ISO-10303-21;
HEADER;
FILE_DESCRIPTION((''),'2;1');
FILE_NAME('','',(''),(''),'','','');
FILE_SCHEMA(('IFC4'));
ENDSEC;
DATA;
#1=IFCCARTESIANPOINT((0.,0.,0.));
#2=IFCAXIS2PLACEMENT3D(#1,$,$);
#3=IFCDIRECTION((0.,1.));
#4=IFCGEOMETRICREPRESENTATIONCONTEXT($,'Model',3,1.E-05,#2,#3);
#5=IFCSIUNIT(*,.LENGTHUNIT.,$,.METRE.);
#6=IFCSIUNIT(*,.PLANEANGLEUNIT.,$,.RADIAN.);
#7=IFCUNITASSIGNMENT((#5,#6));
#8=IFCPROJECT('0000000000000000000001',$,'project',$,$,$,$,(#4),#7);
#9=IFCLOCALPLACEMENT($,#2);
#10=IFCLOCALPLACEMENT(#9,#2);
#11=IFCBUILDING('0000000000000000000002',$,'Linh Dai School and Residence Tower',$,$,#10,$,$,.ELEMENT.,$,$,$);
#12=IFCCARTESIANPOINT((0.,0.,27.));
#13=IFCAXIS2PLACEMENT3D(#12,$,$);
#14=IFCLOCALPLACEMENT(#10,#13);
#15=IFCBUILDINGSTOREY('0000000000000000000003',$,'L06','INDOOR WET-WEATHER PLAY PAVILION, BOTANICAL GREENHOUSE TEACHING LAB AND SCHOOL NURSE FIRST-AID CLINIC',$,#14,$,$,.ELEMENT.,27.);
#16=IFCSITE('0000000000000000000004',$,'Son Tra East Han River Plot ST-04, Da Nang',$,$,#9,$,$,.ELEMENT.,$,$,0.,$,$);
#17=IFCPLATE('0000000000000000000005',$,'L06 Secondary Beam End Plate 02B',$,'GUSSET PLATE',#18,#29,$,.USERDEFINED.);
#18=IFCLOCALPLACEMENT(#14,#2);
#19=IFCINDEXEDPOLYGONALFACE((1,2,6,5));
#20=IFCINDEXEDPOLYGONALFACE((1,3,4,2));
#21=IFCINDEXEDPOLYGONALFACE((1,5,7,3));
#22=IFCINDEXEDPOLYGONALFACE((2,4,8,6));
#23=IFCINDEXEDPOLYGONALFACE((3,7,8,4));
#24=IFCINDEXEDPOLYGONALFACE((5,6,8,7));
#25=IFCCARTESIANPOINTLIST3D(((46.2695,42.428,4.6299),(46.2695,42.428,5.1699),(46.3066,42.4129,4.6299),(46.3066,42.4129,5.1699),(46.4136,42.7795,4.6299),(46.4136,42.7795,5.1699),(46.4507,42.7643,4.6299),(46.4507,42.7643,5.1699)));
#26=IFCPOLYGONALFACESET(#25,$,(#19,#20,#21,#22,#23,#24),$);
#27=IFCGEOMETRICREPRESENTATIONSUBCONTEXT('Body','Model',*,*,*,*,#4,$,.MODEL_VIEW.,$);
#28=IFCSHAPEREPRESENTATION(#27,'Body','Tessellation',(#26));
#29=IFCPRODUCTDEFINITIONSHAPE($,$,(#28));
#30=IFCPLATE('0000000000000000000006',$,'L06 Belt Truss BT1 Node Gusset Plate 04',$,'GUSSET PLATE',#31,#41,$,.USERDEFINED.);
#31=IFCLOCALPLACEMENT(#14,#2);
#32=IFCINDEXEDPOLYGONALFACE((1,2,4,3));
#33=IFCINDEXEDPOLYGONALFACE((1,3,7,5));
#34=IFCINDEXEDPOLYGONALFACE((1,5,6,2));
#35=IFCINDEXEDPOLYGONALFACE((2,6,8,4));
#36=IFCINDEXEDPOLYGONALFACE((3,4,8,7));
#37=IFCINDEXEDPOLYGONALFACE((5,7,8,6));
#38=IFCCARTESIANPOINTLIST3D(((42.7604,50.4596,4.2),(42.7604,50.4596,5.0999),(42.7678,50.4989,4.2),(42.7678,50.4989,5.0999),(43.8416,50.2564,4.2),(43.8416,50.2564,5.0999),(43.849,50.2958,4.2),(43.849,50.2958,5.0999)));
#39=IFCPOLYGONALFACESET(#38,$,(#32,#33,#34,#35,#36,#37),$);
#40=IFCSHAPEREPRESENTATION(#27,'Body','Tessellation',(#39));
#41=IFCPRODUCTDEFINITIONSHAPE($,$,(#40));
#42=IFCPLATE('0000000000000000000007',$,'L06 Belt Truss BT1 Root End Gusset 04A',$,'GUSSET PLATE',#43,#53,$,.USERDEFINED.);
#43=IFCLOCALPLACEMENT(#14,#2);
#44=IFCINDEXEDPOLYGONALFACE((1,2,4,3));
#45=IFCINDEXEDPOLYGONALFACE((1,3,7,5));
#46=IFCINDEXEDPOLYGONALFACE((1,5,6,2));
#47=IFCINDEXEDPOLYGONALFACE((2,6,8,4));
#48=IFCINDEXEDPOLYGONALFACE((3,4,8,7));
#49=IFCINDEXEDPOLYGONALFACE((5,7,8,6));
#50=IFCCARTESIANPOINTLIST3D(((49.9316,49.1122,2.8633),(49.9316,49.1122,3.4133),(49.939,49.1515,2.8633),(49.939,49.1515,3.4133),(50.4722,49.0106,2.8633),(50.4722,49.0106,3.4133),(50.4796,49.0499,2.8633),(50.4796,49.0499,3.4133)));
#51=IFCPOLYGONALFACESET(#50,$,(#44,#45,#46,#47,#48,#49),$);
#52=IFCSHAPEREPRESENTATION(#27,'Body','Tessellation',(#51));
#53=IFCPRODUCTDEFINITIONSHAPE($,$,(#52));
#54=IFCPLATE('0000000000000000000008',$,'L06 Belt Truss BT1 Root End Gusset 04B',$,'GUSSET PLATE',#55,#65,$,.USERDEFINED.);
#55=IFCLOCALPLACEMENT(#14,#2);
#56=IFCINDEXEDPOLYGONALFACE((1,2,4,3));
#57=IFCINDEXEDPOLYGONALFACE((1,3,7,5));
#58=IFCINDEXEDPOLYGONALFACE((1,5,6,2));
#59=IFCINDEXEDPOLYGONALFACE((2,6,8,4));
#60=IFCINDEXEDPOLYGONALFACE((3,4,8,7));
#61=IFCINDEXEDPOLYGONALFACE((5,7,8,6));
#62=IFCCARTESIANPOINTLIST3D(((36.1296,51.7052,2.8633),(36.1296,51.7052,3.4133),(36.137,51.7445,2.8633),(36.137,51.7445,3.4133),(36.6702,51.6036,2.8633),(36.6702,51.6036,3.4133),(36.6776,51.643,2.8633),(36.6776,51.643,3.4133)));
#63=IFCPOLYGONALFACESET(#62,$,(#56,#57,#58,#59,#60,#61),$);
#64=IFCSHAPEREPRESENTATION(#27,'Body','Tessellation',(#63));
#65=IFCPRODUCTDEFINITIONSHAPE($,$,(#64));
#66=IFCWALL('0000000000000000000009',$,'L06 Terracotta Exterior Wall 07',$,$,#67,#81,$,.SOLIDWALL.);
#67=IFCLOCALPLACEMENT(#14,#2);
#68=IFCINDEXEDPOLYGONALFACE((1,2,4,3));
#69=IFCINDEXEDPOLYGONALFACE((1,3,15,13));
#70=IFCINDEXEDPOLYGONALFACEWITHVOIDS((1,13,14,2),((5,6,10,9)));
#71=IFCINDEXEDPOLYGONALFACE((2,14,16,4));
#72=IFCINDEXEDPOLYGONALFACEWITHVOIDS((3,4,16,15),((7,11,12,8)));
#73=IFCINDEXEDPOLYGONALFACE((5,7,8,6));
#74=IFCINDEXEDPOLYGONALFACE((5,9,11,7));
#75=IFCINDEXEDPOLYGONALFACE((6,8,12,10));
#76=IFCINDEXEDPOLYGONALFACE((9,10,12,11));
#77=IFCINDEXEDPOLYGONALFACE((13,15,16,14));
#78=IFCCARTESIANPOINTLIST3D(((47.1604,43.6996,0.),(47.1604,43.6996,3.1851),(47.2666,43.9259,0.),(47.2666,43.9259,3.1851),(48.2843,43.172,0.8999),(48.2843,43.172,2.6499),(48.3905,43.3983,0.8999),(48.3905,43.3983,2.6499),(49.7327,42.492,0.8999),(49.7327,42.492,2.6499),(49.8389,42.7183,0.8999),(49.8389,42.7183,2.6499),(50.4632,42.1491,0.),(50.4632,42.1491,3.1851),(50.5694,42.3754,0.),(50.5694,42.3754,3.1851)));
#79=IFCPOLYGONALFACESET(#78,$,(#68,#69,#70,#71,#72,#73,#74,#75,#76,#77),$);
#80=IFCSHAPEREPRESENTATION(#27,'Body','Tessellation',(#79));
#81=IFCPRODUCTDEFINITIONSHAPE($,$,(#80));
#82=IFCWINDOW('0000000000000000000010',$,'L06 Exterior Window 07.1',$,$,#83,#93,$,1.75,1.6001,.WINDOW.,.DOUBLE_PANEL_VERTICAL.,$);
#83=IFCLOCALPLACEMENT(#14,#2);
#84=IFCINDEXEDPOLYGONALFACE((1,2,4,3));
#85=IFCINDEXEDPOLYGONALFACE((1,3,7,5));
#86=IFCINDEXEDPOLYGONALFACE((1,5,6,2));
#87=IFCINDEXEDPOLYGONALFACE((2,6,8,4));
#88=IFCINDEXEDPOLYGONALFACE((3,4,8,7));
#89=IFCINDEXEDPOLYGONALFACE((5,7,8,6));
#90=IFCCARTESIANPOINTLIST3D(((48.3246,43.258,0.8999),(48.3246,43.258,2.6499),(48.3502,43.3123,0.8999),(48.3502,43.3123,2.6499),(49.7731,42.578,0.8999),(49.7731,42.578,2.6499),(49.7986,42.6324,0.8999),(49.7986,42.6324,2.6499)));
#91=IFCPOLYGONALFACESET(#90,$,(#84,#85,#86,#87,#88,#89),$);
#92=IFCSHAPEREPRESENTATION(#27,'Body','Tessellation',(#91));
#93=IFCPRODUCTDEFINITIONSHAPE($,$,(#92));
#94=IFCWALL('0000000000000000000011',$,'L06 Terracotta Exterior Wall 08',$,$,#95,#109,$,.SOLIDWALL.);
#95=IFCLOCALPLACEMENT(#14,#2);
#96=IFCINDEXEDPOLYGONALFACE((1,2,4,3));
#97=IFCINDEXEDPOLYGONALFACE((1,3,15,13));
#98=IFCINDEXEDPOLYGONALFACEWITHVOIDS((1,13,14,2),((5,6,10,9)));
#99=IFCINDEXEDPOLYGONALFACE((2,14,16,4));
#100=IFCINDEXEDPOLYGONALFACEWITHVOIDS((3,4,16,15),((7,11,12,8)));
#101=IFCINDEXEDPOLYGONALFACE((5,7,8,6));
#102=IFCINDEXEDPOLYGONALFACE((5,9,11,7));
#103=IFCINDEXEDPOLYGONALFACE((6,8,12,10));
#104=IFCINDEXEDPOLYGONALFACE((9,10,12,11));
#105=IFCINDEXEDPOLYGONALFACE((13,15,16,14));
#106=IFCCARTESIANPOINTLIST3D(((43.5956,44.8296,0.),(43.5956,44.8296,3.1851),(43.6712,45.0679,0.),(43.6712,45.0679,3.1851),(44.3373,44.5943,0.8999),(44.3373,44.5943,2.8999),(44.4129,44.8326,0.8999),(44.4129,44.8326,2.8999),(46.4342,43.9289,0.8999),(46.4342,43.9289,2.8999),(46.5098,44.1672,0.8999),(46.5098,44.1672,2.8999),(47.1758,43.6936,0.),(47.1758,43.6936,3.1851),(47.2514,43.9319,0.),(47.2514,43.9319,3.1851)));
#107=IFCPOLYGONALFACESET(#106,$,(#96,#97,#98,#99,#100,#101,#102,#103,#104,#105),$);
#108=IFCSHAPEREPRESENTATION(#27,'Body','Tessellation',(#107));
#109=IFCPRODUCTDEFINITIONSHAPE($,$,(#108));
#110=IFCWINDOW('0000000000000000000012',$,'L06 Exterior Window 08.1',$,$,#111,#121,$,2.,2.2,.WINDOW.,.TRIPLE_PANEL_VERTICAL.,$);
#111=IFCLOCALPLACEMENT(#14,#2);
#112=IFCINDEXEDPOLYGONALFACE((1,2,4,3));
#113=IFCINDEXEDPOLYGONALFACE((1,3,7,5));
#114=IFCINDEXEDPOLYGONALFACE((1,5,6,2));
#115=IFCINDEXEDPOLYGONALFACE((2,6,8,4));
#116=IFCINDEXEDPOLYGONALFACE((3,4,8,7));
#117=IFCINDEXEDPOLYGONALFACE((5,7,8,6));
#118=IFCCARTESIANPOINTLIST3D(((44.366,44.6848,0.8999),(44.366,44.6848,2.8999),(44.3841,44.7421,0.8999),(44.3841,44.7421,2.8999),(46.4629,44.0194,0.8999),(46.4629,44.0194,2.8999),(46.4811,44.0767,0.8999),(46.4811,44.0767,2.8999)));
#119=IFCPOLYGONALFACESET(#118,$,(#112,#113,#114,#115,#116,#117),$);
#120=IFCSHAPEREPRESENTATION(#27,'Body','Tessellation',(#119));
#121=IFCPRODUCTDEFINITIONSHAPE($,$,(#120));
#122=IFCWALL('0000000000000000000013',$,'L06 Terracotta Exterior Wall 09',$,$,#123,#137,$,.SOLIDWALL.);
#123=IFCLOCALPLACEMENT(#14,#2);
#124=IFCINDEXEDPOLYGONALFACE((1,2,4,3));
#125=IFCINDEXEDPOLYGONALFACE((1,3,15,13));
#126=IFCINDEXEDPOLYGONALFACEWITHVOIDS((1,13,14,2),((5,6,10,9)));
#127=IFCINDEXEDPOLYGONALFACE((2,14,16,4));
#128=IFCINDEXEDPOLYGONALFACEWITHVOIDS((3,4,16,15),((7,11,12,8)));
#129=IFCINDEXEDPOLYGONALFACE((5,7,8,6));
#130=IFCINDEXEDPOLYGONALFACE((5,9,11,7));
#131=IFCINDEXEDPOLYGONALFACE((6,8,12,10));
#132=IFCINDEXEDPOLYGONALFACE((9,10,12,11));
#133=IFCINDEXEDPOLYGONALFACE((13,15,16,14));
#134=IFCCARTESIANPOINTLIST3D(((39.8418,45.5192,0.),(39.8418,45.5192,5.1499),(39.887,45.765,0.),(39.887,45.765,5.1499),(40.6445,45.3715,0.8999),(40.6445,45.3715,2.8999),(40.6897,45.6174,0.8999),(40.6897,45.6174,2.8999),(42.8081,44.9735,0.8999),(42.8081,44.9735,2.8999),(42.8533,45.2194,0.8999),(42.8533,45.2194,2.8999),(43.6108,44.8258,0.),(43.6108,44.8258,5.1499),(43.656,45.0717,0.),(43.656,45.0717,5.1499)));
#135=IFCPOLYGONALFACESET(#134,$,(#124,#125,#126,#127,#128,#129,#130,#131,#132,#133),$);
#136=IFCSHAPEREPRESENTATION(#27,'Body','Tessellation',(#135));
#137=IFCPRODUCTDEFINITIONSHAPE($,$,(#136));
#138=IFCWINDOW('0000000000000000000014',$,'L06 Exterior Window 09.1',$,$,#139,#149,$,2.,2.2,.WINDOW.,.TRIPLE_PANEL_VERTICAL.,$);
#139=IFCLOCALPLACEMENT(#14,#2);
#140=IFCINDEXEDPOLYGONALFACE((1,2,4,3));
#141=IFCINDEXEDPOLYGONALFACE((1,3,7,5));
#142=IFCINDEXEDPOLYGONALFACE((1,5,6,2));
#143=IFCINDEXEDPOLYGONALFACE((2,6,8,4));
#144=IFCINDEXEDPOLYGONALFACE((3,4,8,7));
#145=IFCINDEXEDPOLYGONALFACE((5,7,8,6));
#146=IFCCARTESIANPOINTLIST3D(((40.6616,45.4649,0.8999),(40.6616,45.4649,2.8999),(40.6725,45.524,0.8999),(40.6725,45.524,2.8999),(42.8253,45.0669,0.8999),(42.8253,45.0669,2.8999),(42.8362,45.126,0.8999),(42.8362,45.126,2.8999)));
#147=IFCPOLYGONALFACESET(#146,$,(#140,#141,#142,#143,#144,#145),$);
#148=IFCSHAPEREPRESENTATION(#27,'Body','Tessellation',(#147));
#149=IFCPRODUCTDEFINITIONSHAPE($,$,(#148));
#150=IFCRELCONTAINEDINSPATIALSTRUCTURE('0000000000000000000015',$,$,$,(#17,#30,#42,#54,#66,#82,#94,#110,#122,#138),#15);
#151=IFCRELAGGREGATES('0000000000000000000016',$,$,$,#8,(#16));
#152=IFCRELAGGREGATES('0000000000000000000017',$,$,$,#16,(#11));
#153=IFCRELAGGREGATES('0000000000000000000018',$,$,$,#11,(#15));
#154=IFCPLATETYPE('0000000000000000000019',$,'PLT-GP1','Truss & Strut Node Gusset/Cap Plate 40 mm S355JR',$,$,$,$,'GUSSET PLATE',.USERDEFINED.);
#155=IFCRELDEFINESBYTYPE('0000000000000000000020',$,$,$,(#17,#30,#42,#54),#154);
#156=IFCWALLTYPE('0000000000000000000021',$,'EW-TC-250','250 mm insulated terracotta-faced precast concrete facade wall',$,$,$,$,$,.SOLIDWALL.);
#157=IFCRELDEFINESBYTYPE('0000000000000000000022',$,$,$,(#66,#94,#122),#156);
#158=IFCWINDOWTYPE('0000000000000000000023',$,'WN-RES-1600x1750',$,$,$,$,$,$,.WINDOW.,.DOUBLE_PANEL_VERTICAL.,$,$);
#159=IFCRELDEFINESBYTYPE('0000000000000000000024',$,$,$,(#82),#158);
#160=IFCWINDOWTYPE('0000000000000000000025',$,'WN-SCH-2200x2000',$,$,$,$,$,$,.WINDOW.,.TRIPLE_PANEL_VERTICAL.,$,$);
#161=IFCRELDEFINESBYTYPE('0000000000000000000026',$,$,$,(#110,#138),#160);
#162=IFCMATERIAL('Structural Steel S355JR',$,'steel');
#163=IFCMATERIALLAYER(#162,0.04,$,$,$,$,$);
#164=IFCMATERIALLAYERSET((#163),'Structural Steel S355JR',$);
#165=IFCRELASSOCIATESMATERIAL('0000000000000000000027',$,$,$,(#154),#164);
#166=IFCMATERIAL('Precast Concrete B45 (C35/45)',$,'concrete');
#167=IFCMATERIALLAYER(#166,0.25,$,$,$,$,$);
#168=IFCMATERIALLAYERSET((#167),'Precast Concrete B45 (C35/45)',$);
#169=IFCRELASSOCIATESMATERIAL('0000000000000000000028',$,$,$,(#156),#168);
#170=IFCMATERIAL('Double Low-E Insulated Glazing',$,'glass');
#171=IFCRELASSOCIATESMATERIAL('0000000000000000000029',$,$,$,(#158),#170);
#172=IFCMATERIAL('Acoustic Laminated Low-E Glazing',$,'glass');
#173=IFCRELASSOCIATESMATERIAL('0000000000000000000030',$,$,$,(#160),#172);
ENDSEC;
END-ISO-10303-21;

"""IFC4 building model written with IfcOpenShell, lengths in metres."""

from ifc_helpers import new_model, si_unit, direction, frame, frame_2d, origin, origin_2d, place, context, subcontext, project, spatial, rectangle, extrude, source, transform, mapped, material, layer, layer_set, type_object, element, fill, save


model = new_model("IFC4")

# Units and contexts
model_context = context("Model", 3, precision=1e-05, world=origin(), true_north=direction((0.0, 1.0)))
body_context = subcontext(model_context, "Body", "Model", "MODEL_VIEW")
ifc_project = project(units=[si_unit("LENGTHUNIT", "METRE"), si_unit("PLANEANGLEUNIT", "RADIAN")], contexts=[model_context])

# Site, building, storey
site_placement = place(None, origin())
site = spatial("IfcSite", under=ifc_project, at=site_placement, Name="Son Tra East Han River Plot ST-04, Da Nang", CompositionType="ELEMENT", RefElevation=0.0)
building_placement = place(site_placement, origin())
building = spatial("IfcBuilding", under=site, at=building_placement, Name="Linh Dai School and Residence Tower", CompositionType="ELEMENT")
storey_placement = place(building_placement, frame((0.0, 0.0, 27.0)))
storey = spatial("IfcBuildingStorey", under=building, at=storey_placement, Name="L06", Description="INDOOR WET-WEATHER PLAY PAVILION, BOTANICAL GREENHOUSE TEACHING LAB AND SCHOOL NURSE FIRST-AID CLINIC", CompositionType="ELEMENT", Elevation=27.0)

# Shared definitions
ifc_material_1 = material(Name="Structural Steel S355JR", Category="steel")

# Plates
ifc_layer_1 = layer(ifc_material_1, 0.04)
ifc_layer_set_1 = layer_set([ifc_layer_1], Name="Structural Steel S355JR")
plate_type = type_object("IfcPlateType", Name="PLT-GP1", Description="Truss & Strut Node Gusset/Cap Plate 40 mm S355JR", ElementType="GUSSET PLATE", PredefinedType="USERDEFINED", material=ifc_layer_set_1)
shared_shape_1 = source(origin(), body_context, "Body", "SweptSolid", [
    extrude(rectangle(XDim=0.04, YDim=0.3799, at=origin_2d()), origin(), (0.0, 0.0, 1.0), 0.54),
])
plate_1_placement = place(storey_placement, frame((46.3601, 42.5962, 4.6299), z_axis=(0.0, 0.0, 1.0), x_axis=(-0.925232, 0.379401, 0.0)))
element("IfcPlate", 1, at=plate_1_placement, inside=storey, type_object=plate_type, Name="L06 Secondary Beam End Plate 02B", ObjectType="GUSSET PLATE", PredefinedType="USERDEFINED", context=body_context, shape_type="MappedRepresentation", body=[
    mapped(shared_shape_1, transform((0.0, 0.0, 0.0), x_axis=(1.0, 0.0, 0.0), y_axis=(0.0, 1.0, 0.0), z_axis=(0.0, 0.0, 1.0), scale=1.0)),
])
shared_shape_2 = source(origin(), body_context, "Body", "SweptSolid", [
    extrude(rectangle(XDim=1.1001, YDim=0.04, at=origin_2d()), origin(), (0.0, 0.0, 1.0), 0.8999),
])
plate_2_placement = place(storey_placement, frame((43.3047, 50.3777, 4.2), z_axis=(0.0, 0.0, 1.0), x_axis=(-0.982804, 0.184652, 0.0)))
element("IfcPlate", 2, at=plate_2_placement, inside=storey, type_object=plate_type, Name="L06 Belt Truss BT1 Node Gusset Plate 04", ObjectType="GUSSET PLATE", PredefinedType="USERDEFINED", context=body_context, shape_type="MappedRepresentation", body=[
    mapped(shared_shape_2, transform((0.0, 0.0, 0.0), x_axis=(1.0, 0.0, 0.0), y_axis=(0.0, 1.0, 0.0), z_axis=(0.0, 0.0, 1.0), scale=1.0)),
])
shared_shape_3 = source(origin(), body_context, "Body", "SweptSolid", [
    extrude(rectangle(XDim=0.55, YDim=0.04, at=origin_2d()), origin(), (0.0, 0.0, 1.0), 0.55),
])
for number, where, z_axis, x_axis, name in (
    (3, (50.2056, 49.0811, 2.8633), (0.0, 0.0, 1.0), (-0.982804, 0.184652, 0.0), "L06 Belt Truss BT1 Root End Gusset 04A"),
    (4, (36.4036, 51.6741, 2.8633), (0.0, 0.0, 1.0), (-0.982804, 0.184652, 0.0), "L06 Belt Truss BT1 Root End Gusset 04B"),
):
    element("IfcPlate", number, at=place(storey_placement, frame(where, z_axis=z_axis, x_axis=x_axis)), inside=storey, type_object=plate_type, Name=name, ObjectType="GUSSET PLATE", PredefinedType="USERDEFINED", context=body_context, shape_type="MappedRepresentation", body=[
        mapped(shared_shape_3, transform((0.0, 0.0, 0.0), x_axis=(1.0, 0.0, 0.0), y_axis=(0.0, 1.0, 0.0), z_axis=(0.0, 0.0, 1.0), scale=1.0)),
    ])

# Walls, openings, windows
ifc_material_2 = material(Name="Precast Concrete B45 (C35/45)", Category="concrete")
ifc_layer_2 = layer(ifc_material_2, 0.25)
ifc_layer_set_2 = layer_set([ifc_layer_2], Name="Precast Concrete B45 (C35/45)")
wall_type_1 = type_object("IfcWallType", Name="EW-TC-250", Description="250 mm insulated terracotta-faced precast concrete facade wall", PredefinedType="SOLIDWALL", material=ifc_layer_set_2)
wall_1_placement = place(storey_placement, frame((47.2136, 43.8127, 0.0), z_axis=(0.0, 0.0, 1.0), x_axis=(0.905208, -0.424969, 0.0)))
wall_1 = element("IfcWall", 5, at=wall_1_placement, inside=storey, type_object=wall_type_1, Name="L06 Terracotta Exterior Wall 07", PredefinedType="SOLIDWALL", context=body_context, shape_type="SweptSolid", body=[
    extrude(rectangle(XDim=3.6487, YDim=0.25, at=frame_2d((1.8242, 0.0))), origin(), (0.0, 0.0, 1.0), 3.1851),
])
opening_1_placement = place(wall_1_placement, frame((1.2415, 0.0, 0.8999)))
opening_1 = element("IfcOpeningElement", 6, at=opening_1_placement, cuts=wall_1, PredefinedType="OPENING", context=body_context, shape_type="SweptSolid", body=[
    extrude(rectangle(XDim=1.6001, YDim=1.75, at=origin_2d()), frame((0.8, 0.135, 0.875), z_axis=(0.0, -1.0, 0.0), x_axis=(1.0, 0.0, 0.0)), (0.0, 0.0, 1.0), 0.27),
])
ifc_material_3 = material(Name="Double Low-E Insulated Glazing", Category="glass")
window_type_1 = type_object("IfcWindowType", Name="WN-RES-1600x1750", PartitioningType="DOUBLE_PANEL_VERTICAL", PredefinedType="WINDOW", material=ifc_material_3)
shared_shape_4 = source(origin(), body_context, "Body", "SweptSolid", [
    extrude(rectangle(XDim=1.6001, YDim=1.75, at=origin_2d()), frame((0.8, 0.03, 0.875), z_axis=(0.0, -1.0, 0.0), x_axis=(1.0, 0.0, 0.0)), (0.0, 0.0, 1.0), 0.0601),
])
window_1_placement = place(opening_1_placement, origin())
window_1 = element("IfcWindow", 7, at=window_1_placement, inside=storey, type_object=window_type_1, Name="L06 Exterior Window 07.1", OverallHeight=1.75, OverallWidth=1.6001, PartitioningType="DOUBLE_PANEL_VERTICAL", PredefinedType="WINDOW", context=body_context, shape_type="MappedRepresentation", body=[
    mapped(shared_shape_4, transform((0.0, 0.0, 0.0), x_axis=(1.0, 0.0, 0.0), y_axis=(0.0, 1.0, 0.0), z_axis=(0.0, 0.0, 1.0), scale=1.0)),
])
fill(opening_1, window_1)
wall_2_placement = place(storey_placement, frame((43.6335, 44.9487, 0.0), z_axis=(0.0, 0.0, 1.0), x_axis=(0.953166, -0.302447, 0.0)))
wall_2 = element("IfcWall", 8, at=wall_2_placement, inside=storey, type_object=wall_type_1, Name="L06 Terracotta Exterior Wall 08", PredefinedType="SOLIDWALL", context=body_context, shape_type="SweptSolid", body=[
    extrude(rectangle(XDim=3.7561, YDim=0.25, at=frame_2d((1.8779, 0.0))), origin(), (0.0, 0.0, 1.0), 3.1851),
])
opening_2_placement = place(wall_2_placement, frame((0.7778, 0.0, 0.8999)))
opening_2 = element("IfcOpeningElement", 9, at=opening_2_placement, cuts=wall_2, PredefinedType="OPENING", context=body_context, shape_type="SweptSolid", body=[
    extrude(rectangle(XDim=2.2, YDim=2.0, at=origin_2d()), frame((1.1001, 0.135, 1.0), z_axis=(0.0, -1.0, 0.0), x_axis=(1.0, 0.0, 0.0)), (0.0, 0.0, 1.0), 0.27),
])
ifc_material_4 = material(Name="Acoustic Laminated Low-E Glazing", Category="glass")
window_type_2 = type_object("IfcWindowType", Name="WN-SCH-2200x2000", PartitioningType="TRIPLE_PANEL_VERTICAL", PredefinedType="WINDOW", material=ifc_material_4)
shared_shape_5 = source(origin(), body_context, "Body", "SweptSolid", [
    extrude(rectangle(XDim=2.2, YDim=2.0, at=origin_2d()), frame((1.1001, 0.03, 1.0), z_axis=(0.0, -1.0, 0.0), x_axis=(1.0, 0.0, 0.0)), (0.0, 0.0, 1.0), 0.0601),
])
window_2_placement = place(opening_2_placement, origin())
window_2 = element("IfcWindow", 10, at=window_2_placement, inside=storey, type_object=window_type_2, Name="L06 Exterior Window 08.1", OverallHeight=2.0, OverallWidth=2.2, PartitioningType="TRIPLE_PANEL_VERTICAL", PredefinedType="WINDOW", context=body_context, shape_type="MappedRepresentation", body=[
    mapped(shared_shape_5, transform((0.0, 0.0, 0.0), x_axis=(1.0, 0.0, 0.0), y_axis=(0.0, 1.0, 0.0), z_axis=(0.0, 0.0, 1.0), scale=1.0)),
])
fill(opening_2, window_2)
wall_3_placement = place(storey_placement, frame((39.8645, 45.6421, 0.0), z_axis=(0.0, 0.0, 1.0), x_axis=(0.983497, -0.180926, 0.0)))
wall_3 = element("IfcWall", 11, at=wall_3_placement, inside=storey, type_object=wall_type_1, Name="L06 Terracotta Exterior Wall 09", PredefinedType="SOLIDWALL", context=body_context, shape_type="SweptSolid", body=[
    extrude(rectangle(XDim=3.8323, YDim=0.25, at=frame_2d((1.916, 0.0))), origin(), (0.0, 0.0, 1.0), 5.1499),
])
opening_3_placement = place(wall_3_placement, frame((0.8159, 0.0, 0.8999)))
opening_3 = element("IfcOpeningElement", 12, at=opening_3_placement, cuts=wall_3, PredefinedType="OPENING", context=body_context, shape_type="SweptSolid", body=[
    extrude(rectangle(XDim=2.2, YDim=2.0, at=origin_2d()), frame((1.1001, 0.135, 1.0), z_axis=(0.0, -1.0, 0.0), x_axis=(1.0, 0.0, 0.0)), (0.0, 0.0, 1.0), 0.27),
])
window_3_placement = place(opening_3_placement, origin())
window_3 = element("IfcWindow", 13, at=window_3_placement, inside=storey, type_object=window_type_2, Name="L06 Exterior Window 09.1", OverallHeight=2.0, OverallWidth=2.2, PartitioningType="TRIPLE_PANEL_VERTICAL", PredefinedType="WINDOW", context=body_context, shape_type="MappedRepresentation", body=[
    mapped(shared_shape_5, transform((0.0, 0.0, 0.0), x_axis=(1.0, 0.0, 0.0), y_axis=(0.0, 1.0, 0.0), z_axis=(0.0, 0.0, 1.0), scale=1.0)),
])
fill(opening_3, window_3)

save(model, "model.ifc")
